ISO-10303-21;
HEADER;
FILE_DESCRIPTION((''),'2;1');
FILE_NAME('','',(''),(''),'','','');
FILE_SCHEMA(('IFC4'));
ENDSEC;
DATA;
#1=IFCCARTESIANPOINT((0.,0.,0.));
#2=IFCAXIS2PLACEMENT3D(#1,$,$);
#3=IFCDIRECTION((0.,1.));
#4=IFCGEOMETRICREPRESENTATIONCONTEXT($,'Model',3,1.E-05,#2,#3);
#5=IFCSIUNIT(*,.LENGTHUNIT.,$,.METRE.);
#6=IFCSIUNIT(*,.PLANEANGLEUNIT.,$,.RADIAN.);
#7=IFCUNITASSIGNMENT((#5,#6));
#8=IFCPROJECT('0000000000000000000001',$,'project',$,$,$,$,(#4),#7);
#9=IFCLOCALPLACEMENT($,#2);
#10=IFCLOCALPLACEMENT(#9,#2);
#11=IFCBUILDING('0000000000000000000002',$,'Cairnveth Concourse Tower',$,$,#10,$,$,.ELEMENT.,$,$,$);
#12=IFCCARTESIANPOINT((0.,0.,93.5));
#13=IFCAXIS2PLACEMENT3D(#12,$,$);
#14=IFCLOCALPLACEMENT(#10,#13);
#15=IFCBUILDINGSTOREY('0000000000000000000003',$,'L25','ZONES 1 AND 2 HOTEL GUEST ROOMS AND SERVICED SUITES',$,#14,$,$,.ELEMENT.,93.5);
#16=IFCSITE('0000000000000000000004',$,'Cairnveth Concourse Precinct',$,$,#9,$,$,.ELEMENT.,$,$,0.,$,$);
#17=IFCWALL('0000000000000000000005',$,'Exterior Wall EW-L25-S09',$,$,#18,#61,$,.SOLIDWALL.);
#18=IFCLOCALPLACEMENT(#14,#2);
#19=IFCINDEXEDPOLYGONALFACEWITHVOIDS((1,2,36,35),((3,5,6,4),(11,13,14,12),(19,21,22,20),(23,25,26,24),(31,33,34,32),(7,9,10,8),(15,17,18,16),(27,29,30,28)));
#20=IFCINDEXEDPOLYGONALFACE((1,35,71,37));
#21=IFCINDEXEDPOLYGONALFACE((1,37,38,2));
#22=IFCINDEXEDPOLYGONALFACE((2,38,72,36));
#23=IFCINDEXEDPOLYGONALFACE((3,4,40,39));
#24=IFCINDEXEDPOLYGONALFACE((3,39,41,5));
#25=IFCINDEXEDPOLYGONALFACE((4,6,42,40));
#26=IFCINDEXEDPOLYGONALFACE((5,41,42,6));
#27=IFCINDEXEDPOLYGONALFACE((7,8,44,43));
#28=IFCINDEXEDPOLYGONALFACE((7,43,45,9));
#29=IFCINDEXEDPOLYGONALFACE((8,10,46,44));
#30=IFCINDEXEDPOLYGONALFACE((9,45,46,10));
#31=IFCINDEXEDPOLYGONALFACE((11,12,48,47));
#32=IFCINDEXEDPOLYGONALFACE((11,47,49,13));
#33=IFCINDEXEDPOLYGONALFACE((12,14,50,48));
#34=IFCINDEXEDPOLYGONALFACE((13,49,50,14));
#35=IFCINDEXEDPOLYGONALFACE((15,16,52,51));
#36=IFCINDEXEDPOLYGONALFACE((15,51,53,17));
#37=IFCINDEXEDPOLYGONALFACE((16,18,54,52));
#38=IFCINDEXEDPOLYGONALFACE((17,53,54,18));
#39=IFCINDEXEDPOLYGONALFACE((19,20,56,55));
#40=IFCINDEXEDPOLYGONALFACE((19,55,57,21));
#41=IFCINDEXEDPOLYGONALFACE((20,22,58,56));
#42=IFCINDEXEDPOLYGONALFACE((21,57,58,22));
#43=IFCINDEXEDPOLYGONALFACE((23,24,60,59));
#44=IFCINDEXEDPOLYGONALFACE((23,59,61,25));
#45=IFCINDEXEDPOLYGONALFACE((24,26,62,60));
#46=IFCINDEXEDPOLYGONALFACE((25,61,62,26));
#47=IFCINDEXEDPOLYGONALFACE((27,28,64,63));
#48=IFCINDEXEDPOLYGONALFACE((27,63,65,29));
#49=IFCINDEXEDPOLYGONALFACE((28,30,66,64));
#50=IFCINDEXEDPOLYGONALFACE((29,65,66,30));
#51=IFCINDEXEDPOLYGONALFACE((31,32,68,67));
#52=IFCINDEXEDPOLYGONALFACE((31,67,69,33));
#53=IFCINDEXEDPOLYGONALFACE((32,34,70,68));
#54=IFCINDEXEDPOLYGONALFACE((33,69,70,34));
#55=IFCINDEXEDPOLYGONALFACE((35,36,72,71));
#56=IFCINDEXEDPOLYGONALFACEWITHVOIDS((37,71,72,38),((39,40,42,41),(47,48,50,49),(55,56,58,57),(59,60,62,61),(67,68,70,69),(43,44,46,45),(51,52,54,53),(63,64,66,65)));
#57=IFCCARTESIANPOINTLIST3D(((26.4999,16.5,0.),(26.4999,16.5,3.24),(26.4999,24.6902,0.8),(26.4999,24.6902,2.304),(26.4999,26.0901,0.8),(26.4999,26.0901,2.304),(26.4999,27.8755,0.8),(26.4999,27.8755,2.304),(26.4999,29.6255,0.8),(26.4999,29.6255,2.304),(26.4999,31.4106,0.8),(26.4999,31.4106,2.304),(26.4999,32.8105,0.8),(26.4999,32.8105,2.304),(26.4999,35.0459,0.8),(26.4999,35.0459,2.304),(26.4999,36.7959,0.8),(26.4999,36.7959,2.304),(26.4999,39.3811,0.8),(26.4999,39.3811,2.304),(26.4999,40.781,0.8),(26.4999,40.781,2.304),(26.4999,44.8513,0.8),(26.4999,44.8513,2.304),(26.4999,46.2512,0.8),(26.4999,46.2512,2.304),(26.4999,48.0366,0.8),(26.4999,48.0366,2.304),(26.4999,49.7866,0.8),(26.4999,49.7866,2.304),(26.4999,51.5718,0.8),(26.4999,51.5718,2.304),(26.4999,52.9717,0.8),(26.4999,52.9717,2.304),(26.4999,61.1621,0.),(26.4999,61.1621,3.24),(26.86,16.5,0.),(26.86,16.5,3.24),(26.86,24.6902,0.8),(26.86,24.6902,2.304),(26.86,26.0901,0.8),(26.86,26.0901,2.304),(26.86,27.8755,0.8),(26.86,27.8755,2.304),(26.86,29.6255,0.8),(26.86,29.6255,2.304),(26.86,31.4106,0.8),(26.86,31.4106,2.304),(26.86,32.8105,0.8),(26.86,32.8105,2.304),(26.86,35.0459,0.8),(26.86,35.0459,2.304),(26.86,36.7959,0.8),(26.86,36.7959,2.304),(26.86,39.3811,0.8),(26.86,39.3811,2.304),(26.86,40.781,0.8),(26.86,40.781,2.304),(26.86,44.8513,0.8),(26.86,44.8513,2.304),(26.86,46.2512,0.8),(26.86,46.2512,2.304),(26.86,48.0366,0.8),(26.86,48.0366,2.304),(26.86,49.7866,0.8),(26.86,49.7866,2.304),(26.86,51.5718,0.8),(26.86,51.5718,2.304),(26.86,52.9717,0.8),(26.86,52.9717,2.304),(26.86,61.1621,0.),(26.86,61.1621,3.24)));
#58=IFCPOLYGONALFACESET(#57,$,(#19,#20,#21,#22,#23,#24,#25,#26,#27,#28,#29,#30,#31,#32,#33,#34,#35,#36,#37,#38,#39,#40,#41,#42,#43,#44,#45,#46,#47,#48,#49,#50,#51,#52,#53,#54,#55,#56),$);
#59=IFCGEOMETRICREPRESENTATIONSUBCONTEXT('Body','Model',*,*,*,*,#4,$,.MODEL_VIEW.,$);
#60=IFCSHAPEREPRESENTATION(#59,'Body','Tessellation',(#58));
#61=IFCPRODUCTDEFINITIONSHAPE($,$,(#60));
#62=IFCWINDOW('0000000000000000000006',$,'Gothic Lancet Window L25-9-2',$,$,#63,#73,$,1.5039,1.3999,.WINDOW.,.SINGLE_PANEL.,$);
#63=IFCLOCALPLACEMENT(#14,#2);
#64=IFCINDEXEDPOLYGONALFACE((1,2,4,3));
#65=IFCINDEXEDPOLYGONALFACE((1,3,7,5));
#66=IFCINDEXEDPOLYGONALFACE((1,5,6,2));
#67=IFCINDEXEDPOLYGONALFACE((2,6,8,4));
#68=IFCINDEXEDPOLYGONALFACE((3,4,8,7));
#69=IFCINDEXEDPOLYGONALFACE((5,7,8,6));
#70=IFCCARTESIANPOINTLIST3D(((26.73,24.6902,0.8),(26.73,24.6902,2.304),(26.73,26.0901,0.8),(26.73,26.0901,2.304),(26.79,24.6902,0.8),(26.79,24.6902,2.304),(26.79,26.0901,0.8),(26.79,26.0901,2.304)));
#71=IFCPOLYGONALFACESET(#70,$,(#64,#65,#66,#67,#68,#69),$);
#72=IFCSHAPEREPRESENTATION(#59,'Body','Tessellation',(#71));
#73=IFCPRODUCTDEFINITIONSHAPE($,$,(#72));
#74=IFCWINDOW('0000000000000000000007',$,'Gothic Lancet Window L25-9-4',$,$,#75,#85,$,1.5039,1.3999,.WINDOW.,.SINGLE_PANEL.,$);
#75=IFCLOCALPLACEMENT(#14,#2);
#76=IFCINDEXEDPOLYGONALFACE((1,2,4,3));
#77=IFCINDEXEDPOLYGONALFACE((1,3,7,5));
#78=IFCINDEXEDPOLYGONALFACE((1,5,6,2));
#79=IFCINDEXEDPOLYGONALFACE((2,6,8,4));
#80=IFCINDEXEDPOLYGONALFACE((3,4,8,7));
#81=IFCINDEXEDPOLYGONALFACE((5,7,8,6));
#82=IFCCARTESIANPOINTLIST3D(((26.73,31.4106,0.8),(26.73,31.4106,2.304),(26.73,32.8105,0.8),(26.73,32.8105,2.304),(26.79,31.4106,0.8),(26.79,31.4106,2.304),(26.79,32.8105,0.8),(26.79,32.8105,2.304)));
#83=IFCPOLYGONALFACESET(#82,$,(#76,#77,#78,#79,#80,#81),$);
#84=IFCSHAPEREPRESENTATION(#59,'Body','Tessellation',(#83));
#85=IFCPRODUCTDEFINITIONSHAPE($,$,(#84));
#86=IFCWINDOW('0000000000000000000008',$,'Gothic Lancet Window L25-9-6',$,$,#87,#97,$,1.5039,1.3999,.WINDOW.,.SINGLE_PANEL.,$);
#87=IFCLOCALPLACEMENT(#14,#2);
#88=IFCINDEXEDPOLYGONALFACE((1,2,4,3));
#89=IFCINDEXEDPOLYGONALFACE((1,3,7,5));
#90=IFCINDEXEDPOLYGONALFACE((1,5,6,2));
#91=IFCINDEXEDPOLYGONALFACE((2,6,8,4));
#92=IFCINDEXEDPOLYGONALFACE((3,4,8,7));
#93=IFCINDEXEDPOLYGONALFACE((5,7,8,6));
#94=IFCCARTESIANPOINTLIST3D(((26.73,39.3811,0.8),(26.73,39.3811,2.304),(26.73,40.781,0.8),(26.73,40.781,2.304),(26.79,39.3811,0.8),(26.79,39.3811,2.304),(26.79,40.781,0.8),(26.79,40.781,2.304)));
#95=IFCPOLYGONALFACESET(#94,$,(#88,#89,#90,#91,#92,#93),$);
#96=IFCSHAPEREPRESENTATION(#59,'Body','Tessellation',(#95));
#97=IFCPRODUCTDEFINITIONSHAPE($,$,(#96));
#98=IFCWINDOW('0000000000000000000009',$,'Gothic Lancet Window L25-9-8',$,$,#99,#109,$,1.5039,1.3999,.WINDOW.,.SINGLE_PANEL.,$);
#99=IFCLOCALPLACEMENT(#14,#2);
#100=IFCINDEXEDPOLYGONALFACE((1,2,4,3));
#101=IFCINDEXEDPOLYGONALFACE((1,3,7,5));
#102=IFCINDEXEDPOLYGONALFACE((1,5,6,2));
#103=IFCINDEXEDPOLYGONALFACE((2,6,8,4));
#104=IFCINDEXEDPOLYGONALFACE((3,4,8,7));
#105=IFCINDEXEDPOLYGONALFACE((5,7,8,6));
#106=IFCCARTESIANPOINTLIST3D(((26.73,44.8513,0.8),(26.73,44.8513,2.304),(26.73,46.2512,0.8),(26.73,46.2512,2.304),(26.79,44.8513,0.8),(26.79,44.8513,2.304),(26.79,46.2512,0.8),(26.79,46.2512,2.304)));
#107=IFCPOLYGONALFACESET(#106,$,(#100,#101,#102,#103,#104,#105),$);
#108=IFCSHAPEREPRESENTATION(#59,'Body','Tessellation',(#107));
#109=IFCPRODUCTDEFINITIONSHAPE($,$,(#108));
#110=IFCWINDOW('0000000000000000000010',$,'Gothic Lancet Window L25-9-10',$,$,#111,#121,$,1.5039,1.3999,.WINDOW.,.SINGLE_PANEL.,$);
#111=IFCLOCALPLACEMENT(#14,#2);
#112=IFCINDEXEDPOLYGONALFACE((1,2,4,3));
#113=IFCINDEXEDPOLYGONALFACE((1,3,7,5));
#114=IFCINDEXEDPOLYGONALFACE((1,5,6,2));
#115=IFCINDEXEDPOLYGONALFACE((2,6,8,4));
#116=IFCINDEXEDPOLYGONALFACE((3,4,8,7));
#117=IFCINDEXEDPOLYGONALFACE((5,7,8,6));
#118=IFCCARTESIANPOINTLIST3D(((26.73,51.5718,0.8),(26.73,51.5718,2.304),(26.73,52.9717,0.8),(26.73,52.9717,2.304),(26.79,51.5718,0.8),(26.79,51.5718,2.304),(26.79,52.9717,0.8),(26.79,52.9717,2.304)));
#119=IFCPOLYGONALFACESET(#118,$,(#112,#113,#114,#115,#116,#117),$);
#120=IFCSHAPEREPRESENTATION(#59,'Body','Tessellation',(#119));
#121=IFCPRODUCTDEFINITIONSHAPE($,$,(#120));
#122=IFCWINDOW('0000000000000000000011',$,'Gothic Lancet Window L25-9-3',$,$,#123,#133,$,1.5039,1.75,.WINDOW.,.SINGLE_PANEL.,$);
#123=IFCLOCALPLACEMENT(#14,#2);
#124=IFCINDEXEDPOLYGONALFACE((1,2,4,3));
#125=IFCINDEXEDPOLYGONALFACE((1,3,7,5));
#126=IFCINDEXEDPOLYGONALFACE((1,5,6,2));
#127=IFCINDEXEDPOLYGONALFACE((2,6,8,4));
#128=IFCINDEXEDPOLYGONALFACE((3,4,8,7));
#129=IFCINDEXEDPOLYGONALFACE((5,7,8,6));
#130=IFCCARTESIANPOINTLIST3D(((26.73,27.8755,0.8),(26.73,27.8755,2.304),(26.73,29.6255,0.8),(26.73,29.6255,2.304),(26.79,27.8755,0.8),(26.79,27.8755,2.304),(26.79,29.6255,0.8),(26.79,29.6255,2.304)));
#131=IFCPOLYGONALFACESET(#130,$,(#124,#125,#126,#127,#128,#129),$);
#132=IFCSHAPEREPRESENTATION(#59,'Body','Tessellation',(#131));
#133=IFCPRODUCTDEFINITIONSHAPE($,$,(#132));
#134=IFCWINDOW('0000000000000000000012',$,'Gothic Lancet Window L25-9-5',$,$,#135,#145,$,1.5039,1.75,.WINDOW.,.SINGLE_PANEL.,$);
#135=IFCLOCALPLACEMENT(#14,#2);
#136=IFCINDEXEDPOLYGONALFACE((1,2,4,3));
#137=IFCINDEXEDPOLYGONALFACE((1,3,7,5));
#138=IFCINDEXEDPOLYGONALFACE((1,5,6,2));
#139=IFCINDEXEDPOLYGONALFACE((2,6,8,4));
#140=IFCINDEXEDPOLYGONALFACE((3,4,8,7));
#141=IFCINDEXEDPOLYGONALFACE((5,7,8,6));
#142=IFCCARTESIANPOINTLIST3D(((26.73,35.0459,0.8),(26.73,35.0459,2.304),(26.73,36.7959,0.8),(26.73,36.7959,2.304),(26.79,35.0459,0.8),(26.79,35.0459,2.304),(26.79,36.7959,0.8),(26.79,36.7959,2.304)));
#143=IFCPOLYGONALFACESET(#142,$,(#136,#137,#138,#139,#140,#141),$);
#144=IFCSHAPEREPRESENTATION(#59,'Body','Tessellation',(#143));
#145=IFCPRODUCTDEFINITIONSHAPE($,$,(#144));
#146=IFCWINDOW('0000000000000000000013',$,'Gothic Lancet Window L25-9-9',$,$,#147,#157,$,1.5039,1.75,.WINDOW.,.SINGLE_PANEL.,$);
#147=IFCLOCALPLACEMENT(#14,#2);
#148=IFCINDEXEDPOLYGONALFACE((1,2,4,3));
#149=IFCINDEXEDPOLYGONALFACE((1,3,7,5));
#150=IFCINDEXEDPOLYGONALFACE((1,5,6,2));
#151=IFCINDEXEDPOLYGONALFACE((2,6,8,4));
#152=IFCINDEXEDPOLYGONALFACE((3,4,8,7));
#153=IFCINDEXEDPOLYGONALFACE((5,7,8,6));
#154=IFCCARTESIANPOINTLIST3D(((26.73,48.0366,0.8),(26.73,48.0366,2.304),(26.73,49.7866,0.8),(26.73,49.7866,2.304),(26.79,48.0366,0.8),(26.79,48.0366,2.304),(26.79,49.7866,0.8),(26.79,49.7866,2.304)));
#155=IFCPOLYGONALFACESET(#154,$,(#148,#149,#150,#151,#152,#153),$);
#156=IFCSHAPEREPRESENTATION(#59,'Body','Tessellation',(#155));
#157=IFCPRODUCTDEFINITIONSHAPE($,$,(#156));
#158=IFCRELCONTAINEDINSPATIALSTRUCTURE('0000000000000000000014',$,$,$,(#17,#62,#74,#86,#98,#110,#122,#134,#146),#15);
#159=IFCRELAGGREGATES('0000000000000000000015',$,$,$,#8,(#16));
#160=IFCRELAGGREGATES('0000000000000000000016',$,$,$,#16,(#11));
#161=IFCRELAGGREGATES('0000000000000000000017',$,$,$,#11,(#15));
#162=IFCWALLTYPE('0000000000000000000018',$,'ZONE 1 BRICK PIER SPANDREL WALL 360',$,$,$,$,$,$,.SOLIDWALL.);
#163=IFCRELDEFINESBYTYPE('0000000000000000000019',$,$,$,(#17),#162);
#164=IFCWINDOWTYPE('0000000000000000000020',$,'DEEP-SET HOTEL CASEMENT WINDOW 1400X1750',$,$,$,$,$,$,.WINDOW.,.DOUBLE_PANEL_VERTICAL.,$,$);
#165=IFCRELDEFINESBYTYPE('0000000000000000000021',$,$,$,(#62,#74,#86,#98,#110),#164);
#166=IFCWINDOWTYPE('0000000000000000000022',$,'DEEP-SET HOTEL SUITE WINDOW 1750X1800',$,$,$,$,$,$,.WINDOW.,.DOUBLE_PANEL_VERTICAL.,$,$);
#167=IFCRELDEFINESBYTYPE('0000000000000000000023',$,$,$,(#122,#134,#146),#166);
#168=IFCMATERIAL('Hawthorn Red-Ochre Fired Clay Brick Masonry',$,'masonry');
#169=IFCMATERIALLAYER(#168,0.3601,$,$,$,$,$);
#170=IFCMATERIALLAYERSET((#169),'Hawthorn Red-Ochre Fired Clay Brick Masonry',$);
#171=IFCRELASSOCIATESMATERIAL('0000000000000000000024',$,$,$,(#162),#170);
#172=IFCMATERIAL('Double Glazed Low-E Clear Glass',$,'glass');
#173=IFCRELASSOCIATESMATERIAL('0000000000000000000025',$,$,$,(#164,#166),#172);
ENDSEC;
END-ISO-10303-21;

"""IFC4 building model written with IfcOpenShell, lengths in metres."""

from ifc_helpers import new_model, si_unit, direction, frame, frame_2d, origin, place, context, subcontext, project, spatial, rectangle, extrude, material, layer, layer_set, type_object, element, fill, save


model = new_model("IFC4")

# Units and contexts
model_context = context("Model", 3, precision=1e-05, world=origin(), true_north=direction((0.0, 1.0)))
body_context = subcontext(model_context, "Body", "Model", "MODEL_VIEW")
ifc_project = project(units=[si_unit("LENGTHUNIT", "METRE"), si_unit("PLANEANGLEUNIT", "RADIAN")], contexts=[model_context])

# Site, building, storey
site_placement = place(None, origin())
site = spatial("IfcSite", under=ifc_project, at=site_placement, Name="Cairnveth Concourse Precinct", CompositionType="ELEMENT", RefElevation=0.0)
building_placement = place(site_placement, origin())
building = spatial("IfcBuilding", under=site, at=building_placement, Name="Cairnveth Concourse Tower", CompositionType="ELEMENT")
storey_placement = place(building_placement, frame((0.0, 0.0, 93.5)))
storey = spatial("IfcBuildingStorey", under=building, at=storey_placement, Name="L25", Description="ZONES 1 AND 2 HOTEL GUEST ROOMS AND SERVICED SUITES", CompositionType="ELEMENT", Elevation=93.5)

# Wall, openings, windows
ifc_material_1 = material(Name="Hawthorn Red-Ochre Fired Clay Brick Masonry", Category="masonry")
ifc_layer_1 = layer(ifc_material_1, 0.3601)
ifc_layer_set_1 = layer_set([ifc_layer_1], Name="Hawthorn Red-Ochre Fired Clay Brick Masonry")
wall_type = type_object("IfcWallType", Name="ZONE 1 BRICK PIER SPANDREL WALL 360", PredefinedType="SOLIDWALL", material=ifc_layer_set_1)
wall_placement = place(storey_placement, frame((26.6799, 16.5, 0.0), z_axis=(0.0, 0.0, 1.0), x_axis=(0.0, 1.0, 0.0)))
wall = element("IfcWall", 1, at=wall_placement, inside=storey, type_object=wall_type, Name="Exterior Wall EW-L25-S09", PredefinedType="SOLIDWALL", context=body_context, shape_type="SweptSolid", body=[
    extrude(rectangle(XDim=44.6621, YDim=0.3601, at=frame_2d((22.3311, 0.0))), origin(), (0.0, 0.0, 1.0), 3.24),
])
opening_1_placement = place(wall_placement, frame((8.1902, 0.0, 0.8)))
opening_1 = element("IfcOpeningElement", 2, at=opening_1_placement, cuts=wall, PredefinedType="OPENING", context=body_context, shape_type="SweptSolid", body=[
    extrude(rectangle(XDim=1.3999, YDim=1.5039, at=frame_2d((0.7, 0.752))), frame((0.0, 0.1899, 0.0), z_axis=(0.0, -1.0, 0.0), x_axis=(1.0, 0.0, 0.0)), (0.0, 0.0, 1.0), 0.3801),
])
opening_2_placement = place(wall_placement, frame((11.3755, 0.0, 0.8)))
opening_2 = element("IfcOpeningElement", 3, at=opening_2_placement, cuts=wall, PredefinedType="OPENING", context=body_context, shape_type="SweptSolid", body=[
    extrude(rectangle(XDim=1.75, YDim=1.5039, at=frame_2d((0.875, 0.752))), frame((0.0, 0.1899, 0.0), z_axis=(0.0, -1.0, 0.0), x_axis=(1.0, 0.0, 0.0)), (0.0, 0.0, 1.0), 0.3801),
])
opening_3_placement = place(wall_placement, frame((14.9106, 0.0, 0.8)))
opening_3 = element("IfcOpeningElement", 4, at=opening_3_placement, cuts=wall, PredefinedType="OPENING", context=body_context, shape_type="SweptSolid", body=[
    extrude(rectangle(XDim=1.3999, YDim=1.5039, at=frame_2d((0.7, 0.752))), frame((0.0, 0.1899, 0.0), z_axis=(0.0, -1.0, 0.0), x_axis=(1.0, 0.0, 0.0)), (0.0, 0.0, 1.0), 0.3801),
])
opening_4_placement = place(wall_placement, frame((18.5459, 0.0, 0.8)))
opening_4 = element("IfcOpeningElement", 5, at=opening_4_placement, cuts=wall, PredefinedType="OPENING", context=body_context, shape_type="SweptSolid", body=[
    extrude(rectangle(XDim=1.75, YDim=1.5039, at=frame_2d((0.875, 0.752))), frame((0.0, 0.1899, 0.0), z_axis=(0.0, -1.0, 0.0), x_axis=(1.0, 0.0, 0.0)), (0.0, 0.0, 1.0), 0.3801),
])
opening_5_placement = place(wall_placement, frame((22.8811, 0.0, 0.8)))
opening_5 = element("IfcOpeningElement", 6, at=opening_5_placement, cuts=wall, PredefinedType="OPENING", context=body_context, shape_type="SweptSolid", body=[
    extrude(rectangle(XDim=1.3999, YDim=1.5039, at=frame_2d((0.7, 0.752))), frame((0.0, 0.1899, 0.0), z_axis=(0.0, -1.0, 0.0), x_axis=(1.0, 0.0, 0.0)), (0.0, 0.0, 1.0), 0.3801),
])
opening_6_placement = place(wall_placement, frame((28.3513, 0.0, 0.8)))
opening_6 = element("IfcOpeningElement", 7, at=opening_6_placement, cuts=wall, PredefinedType="OPENING", context=body_context, shape_type="SweptSolid", body=[
    extrude(rectangle(XDim=1.3999, YDim=1.5039, at=frame_2d((0.7, 0.752))), frame((0.0, 0.1899, 0.0), z_axis=(0.0, -1.0, 0.0), x_axis=(1.0, 0.0, 0.0)), (0.0, 0.0, 1.0), 0.3801),
])
opening_7_placement = place(wall_placement, frame((31.5366, 0.0, 0.8)))
opening_7 = element("IfcOpeningElement", 8, at=opening_7_placement, cuts=wall, PredefinedType="OPENING", context=body_context, shape_type="SweptSolid", body=[
    extrude(rectangle(XDim=1.75, YDim=1.5039, at=frame_2d((0.875, 0.752))), frame((0.0, 0.1899, 0.0), z_axis=(0.0, -1.0, 0.0), x_axis=(1.0, 0.0, 0.0)), (0.0, 0.0, 1.0), 0.3801),
])
opening_8_placement = place(wall_placement, frame((35.0718, 0.0, 0.8)))
opening_8 = element("IfcOpeningElement", 9, at=opening_8_placement, cuts=wall, PredefinedType="OPENING", context=body_context, shape_type="SweptSolid", body=[
    extrude(rectangle(XDim=1.3999, YDim=1.5039, at=frame_2d((0.7, 0.752))), frame((0.0, 0.1899, 0.0), z_axis=(0.0, -1.0, 0.0), x_axis=(1.0, 0.0, 0.0)), (0.0, 0.0, 1.0), 0.3801),
])
ifc_material_2 = material(Name="Double Glazed Low-E Clear Glass", Category="glass")
window_type_1 = type_object("IfcWindowType", Name="DEEP-SET HOTEL CASEMENT WINDOW 1400X1750", PartitioningType="DOUBLE_PANEL_VERTICAL", PredefinedType="WINDOW", material=ifc_material_2)
window_1_placement = place(opening_1_placement, origin())
window_1 = element("IfcWindow", 10, at=window_1_placement, inside=storey, type_object=window_type_1, Name="Gothic Lancet Window L25-9-2", OverallHeight=1.5039, OverallWidth=1.3999, PartitioningType="SINGLE_PANEL", PredefinedType="WINDOW", context=body_context, shape_type="SweptSolid", body=[
    extrude(rectangle(XDim=1.3999, YDim=1.5039, at=frame_2d((0.7, 0.752))), frame((0.0, -0.05, 0.0), z_axis=(0.0, -1.0, 0.0), x_axis=(1.0, 0.0, 0.0)), (0.0, 0.0, 1.0), 0.0601),
])
fill(opening_1, window_1)
window_2_placement = place(opening_3_placement, origin())
window_2 = element("IfcWindow", 11, at=window_2_placement, inside=storey, type_object=window_type_1, Name="Gothic Lancet Window L25-9-4", OverallHeight=1.5039, OverallWidth=1.3999, PartitioningType="SINGLE_PANEL", PredefinedType="WINDOW", context=body_context, shape_type="SweptSolid", body=[
    extrude(rectangle(XDim=1.3999, YDim=1.5039, at=frame_2d((0.7, 0.752))), frame((0.0, -0.05, 0.0), z_axis=(0.0, -1.0, 0.0), x_axis=(1.0, 0.0, 0.0)), (0.0, 0.0, 1.0), 0.0601),
])
fill(opening_3, window_2)
window_3_placement = place(opening_5_placement, origin())
window_3 = element("IfcWindow", 12, at=window_3_placement, inside=storey, type_object=window_type_1, Name="Gothic Lancet Window L25-9-6", OverallHeight=1.5039, OverallWidth=1.3999, PartitioningType="SINGLE_PANEL", PredefinedType="WINDOW", context=body_context, shape_type="SweptSolid", body=[
    extrude(rectangle(XDim=1.3999, YDim=1.5039, at=frame_2d((0.7, 0.752))), frame((0.0, -0.05, 0.0), z_axis=(0.0, -1.0, 0.0), x_axis=(1.0, 0.0, 0.0)), (0.0, 0.0, 1.0), 0.0601),
])
fill(opening_5, window_3)
window_4_placement = place(opening_6_placement, origin())
window_4 = element("IfcWindow", 13, at=window_4_placement, inside=storey, type_object=window_type_1, Name="Gothic Lancet Window L25-9-8", OverallHeight=1.5039, OverallWidth=1.3999, PartitioningType="SINGLE_PANEL", PredefinedType="WINDOW", context=body_context, shape_type="SweptSolid", body=[
    extrude(rectangle(XDim=1.3999, YDim=1.5039, at=frame_2d((0.7, 0.752))), frame((0.0, -0.05, 0.0), z_axis=(0.0, -1.0, 0.0), x_axis=(1.0, 0.0, 0.0)), (0.0, 0.0, 1.0), 0.0601),
])
fill(opening_6, window_4)
window_5_placement = place(opening_8_placement, origin())
window_5 = element("IfcWindow", 14, at=window_5_placement, inside=storey, type_object=window_type_1, Name="Gothic Lancet Window L25-9-10", OverallHeight=1.5039, OverallWidth=1.3999, PartitioningType="SINGLE_PANEL", PredefinedType="WINDOW", context=body_context, shape_type="SweptSolid", body=[
    extrude(rectangle(XDim=1.3999, YDim=1.5039, at=frame_2d((0.7, 0.752))), frame((0.0, -0.05, 0.0), z_axis=(0.0, -1.0, 0.0), x_axis=(1.0, 0.0, 0.0)), (0.0, 0.0, 1.0), 0.0601),
])
fill(opening_8, window_5)
window_type_2 = type_object("IfcWindowType", Name="DEEP-SET HOTEL SUITE WINDOW 1750X1800", PartitioningType="DOUBLE_PANEL_VERTICAL", PredefinedType="WINDOW", material=ifc_material_2)
window_6_placement = place(opening_2_placement, origin())
window_6 = element("IfcWindow", 15, at=window_6_placement, inside=storey, type_object=window_type_2, Name="Gothic Lancet Window L25-9-3", OverallHeight=1.5039, OverallWidth=1.75, PartitioningType="SINGLE_PANEL", PredefinedType="WINDOW", context=body_context, shape_type="SweptSolid", body=[
    extrude(rectangle(XDim=1.75, YDim=1.5039, at=frame_2d((0.875, 0.752))), frame((0.0, -0.05, 0.0), z_axis=(0.0, -1.0, 0.0), x_axis=(1.0, 0.0, 0.0)), (0.0, 0.0, 1.0), 0.0601),
])
fill(opening_2, window_6)
window_7_placement = place(opening_4_placement, origin())
window_7 = element("IfcWindow", 16, at=window_7_placement, inside=storey, type_object=window_type_2, Name="Gothic Lancet Window L25-9-5", OverallHeight=1.5039, OverallWidth=1.75, PartitioningType="SINGLE_PANEL", PredefinedType="WINDOW", context=body_context, shape_type="SweptSolid", body=[
    extrude(rectangle(XDim=1.75, YDim=1.5039, at=frame_2d((0.875, 0.752))), frame((0.0, -0.05, 0.0), z_axis=(0.0, -1.0, 0.0), x_axis=(1.0, 0.0, 0.0)), (0.0, 0.0, 1.0), 0.0601),
])
fill(opening_4, window_7)
window_8_placement = place(opening_7_placement, origin())
window_8 = element("IfcWindow", 17, at=window_8_placement, inside=storey, type_object=window_type_2, Name="Gothic Lancet Window L25-9-9", OverallHeight=1.5039, OverallWidth=1.75, PartitioningType="SINGLE_PANEL", PredefinedType="WINDOW", context=body_context, shape_type="SweptSolid", body=[
    extrude(rectangle(XDim=1.75, YDim=1.5039, at=frame_2d((0.875, 0.752))), frame((0.0, -0.05, 0.0), z_axis=(0.0, -1.0, 0.0), x_axis=(1.0, 0.0, 0.0)), (0.0, 0.0, 1.0), 0.0601),
])
fill(opening_7, window_8)

save(model, "model.ifc")
